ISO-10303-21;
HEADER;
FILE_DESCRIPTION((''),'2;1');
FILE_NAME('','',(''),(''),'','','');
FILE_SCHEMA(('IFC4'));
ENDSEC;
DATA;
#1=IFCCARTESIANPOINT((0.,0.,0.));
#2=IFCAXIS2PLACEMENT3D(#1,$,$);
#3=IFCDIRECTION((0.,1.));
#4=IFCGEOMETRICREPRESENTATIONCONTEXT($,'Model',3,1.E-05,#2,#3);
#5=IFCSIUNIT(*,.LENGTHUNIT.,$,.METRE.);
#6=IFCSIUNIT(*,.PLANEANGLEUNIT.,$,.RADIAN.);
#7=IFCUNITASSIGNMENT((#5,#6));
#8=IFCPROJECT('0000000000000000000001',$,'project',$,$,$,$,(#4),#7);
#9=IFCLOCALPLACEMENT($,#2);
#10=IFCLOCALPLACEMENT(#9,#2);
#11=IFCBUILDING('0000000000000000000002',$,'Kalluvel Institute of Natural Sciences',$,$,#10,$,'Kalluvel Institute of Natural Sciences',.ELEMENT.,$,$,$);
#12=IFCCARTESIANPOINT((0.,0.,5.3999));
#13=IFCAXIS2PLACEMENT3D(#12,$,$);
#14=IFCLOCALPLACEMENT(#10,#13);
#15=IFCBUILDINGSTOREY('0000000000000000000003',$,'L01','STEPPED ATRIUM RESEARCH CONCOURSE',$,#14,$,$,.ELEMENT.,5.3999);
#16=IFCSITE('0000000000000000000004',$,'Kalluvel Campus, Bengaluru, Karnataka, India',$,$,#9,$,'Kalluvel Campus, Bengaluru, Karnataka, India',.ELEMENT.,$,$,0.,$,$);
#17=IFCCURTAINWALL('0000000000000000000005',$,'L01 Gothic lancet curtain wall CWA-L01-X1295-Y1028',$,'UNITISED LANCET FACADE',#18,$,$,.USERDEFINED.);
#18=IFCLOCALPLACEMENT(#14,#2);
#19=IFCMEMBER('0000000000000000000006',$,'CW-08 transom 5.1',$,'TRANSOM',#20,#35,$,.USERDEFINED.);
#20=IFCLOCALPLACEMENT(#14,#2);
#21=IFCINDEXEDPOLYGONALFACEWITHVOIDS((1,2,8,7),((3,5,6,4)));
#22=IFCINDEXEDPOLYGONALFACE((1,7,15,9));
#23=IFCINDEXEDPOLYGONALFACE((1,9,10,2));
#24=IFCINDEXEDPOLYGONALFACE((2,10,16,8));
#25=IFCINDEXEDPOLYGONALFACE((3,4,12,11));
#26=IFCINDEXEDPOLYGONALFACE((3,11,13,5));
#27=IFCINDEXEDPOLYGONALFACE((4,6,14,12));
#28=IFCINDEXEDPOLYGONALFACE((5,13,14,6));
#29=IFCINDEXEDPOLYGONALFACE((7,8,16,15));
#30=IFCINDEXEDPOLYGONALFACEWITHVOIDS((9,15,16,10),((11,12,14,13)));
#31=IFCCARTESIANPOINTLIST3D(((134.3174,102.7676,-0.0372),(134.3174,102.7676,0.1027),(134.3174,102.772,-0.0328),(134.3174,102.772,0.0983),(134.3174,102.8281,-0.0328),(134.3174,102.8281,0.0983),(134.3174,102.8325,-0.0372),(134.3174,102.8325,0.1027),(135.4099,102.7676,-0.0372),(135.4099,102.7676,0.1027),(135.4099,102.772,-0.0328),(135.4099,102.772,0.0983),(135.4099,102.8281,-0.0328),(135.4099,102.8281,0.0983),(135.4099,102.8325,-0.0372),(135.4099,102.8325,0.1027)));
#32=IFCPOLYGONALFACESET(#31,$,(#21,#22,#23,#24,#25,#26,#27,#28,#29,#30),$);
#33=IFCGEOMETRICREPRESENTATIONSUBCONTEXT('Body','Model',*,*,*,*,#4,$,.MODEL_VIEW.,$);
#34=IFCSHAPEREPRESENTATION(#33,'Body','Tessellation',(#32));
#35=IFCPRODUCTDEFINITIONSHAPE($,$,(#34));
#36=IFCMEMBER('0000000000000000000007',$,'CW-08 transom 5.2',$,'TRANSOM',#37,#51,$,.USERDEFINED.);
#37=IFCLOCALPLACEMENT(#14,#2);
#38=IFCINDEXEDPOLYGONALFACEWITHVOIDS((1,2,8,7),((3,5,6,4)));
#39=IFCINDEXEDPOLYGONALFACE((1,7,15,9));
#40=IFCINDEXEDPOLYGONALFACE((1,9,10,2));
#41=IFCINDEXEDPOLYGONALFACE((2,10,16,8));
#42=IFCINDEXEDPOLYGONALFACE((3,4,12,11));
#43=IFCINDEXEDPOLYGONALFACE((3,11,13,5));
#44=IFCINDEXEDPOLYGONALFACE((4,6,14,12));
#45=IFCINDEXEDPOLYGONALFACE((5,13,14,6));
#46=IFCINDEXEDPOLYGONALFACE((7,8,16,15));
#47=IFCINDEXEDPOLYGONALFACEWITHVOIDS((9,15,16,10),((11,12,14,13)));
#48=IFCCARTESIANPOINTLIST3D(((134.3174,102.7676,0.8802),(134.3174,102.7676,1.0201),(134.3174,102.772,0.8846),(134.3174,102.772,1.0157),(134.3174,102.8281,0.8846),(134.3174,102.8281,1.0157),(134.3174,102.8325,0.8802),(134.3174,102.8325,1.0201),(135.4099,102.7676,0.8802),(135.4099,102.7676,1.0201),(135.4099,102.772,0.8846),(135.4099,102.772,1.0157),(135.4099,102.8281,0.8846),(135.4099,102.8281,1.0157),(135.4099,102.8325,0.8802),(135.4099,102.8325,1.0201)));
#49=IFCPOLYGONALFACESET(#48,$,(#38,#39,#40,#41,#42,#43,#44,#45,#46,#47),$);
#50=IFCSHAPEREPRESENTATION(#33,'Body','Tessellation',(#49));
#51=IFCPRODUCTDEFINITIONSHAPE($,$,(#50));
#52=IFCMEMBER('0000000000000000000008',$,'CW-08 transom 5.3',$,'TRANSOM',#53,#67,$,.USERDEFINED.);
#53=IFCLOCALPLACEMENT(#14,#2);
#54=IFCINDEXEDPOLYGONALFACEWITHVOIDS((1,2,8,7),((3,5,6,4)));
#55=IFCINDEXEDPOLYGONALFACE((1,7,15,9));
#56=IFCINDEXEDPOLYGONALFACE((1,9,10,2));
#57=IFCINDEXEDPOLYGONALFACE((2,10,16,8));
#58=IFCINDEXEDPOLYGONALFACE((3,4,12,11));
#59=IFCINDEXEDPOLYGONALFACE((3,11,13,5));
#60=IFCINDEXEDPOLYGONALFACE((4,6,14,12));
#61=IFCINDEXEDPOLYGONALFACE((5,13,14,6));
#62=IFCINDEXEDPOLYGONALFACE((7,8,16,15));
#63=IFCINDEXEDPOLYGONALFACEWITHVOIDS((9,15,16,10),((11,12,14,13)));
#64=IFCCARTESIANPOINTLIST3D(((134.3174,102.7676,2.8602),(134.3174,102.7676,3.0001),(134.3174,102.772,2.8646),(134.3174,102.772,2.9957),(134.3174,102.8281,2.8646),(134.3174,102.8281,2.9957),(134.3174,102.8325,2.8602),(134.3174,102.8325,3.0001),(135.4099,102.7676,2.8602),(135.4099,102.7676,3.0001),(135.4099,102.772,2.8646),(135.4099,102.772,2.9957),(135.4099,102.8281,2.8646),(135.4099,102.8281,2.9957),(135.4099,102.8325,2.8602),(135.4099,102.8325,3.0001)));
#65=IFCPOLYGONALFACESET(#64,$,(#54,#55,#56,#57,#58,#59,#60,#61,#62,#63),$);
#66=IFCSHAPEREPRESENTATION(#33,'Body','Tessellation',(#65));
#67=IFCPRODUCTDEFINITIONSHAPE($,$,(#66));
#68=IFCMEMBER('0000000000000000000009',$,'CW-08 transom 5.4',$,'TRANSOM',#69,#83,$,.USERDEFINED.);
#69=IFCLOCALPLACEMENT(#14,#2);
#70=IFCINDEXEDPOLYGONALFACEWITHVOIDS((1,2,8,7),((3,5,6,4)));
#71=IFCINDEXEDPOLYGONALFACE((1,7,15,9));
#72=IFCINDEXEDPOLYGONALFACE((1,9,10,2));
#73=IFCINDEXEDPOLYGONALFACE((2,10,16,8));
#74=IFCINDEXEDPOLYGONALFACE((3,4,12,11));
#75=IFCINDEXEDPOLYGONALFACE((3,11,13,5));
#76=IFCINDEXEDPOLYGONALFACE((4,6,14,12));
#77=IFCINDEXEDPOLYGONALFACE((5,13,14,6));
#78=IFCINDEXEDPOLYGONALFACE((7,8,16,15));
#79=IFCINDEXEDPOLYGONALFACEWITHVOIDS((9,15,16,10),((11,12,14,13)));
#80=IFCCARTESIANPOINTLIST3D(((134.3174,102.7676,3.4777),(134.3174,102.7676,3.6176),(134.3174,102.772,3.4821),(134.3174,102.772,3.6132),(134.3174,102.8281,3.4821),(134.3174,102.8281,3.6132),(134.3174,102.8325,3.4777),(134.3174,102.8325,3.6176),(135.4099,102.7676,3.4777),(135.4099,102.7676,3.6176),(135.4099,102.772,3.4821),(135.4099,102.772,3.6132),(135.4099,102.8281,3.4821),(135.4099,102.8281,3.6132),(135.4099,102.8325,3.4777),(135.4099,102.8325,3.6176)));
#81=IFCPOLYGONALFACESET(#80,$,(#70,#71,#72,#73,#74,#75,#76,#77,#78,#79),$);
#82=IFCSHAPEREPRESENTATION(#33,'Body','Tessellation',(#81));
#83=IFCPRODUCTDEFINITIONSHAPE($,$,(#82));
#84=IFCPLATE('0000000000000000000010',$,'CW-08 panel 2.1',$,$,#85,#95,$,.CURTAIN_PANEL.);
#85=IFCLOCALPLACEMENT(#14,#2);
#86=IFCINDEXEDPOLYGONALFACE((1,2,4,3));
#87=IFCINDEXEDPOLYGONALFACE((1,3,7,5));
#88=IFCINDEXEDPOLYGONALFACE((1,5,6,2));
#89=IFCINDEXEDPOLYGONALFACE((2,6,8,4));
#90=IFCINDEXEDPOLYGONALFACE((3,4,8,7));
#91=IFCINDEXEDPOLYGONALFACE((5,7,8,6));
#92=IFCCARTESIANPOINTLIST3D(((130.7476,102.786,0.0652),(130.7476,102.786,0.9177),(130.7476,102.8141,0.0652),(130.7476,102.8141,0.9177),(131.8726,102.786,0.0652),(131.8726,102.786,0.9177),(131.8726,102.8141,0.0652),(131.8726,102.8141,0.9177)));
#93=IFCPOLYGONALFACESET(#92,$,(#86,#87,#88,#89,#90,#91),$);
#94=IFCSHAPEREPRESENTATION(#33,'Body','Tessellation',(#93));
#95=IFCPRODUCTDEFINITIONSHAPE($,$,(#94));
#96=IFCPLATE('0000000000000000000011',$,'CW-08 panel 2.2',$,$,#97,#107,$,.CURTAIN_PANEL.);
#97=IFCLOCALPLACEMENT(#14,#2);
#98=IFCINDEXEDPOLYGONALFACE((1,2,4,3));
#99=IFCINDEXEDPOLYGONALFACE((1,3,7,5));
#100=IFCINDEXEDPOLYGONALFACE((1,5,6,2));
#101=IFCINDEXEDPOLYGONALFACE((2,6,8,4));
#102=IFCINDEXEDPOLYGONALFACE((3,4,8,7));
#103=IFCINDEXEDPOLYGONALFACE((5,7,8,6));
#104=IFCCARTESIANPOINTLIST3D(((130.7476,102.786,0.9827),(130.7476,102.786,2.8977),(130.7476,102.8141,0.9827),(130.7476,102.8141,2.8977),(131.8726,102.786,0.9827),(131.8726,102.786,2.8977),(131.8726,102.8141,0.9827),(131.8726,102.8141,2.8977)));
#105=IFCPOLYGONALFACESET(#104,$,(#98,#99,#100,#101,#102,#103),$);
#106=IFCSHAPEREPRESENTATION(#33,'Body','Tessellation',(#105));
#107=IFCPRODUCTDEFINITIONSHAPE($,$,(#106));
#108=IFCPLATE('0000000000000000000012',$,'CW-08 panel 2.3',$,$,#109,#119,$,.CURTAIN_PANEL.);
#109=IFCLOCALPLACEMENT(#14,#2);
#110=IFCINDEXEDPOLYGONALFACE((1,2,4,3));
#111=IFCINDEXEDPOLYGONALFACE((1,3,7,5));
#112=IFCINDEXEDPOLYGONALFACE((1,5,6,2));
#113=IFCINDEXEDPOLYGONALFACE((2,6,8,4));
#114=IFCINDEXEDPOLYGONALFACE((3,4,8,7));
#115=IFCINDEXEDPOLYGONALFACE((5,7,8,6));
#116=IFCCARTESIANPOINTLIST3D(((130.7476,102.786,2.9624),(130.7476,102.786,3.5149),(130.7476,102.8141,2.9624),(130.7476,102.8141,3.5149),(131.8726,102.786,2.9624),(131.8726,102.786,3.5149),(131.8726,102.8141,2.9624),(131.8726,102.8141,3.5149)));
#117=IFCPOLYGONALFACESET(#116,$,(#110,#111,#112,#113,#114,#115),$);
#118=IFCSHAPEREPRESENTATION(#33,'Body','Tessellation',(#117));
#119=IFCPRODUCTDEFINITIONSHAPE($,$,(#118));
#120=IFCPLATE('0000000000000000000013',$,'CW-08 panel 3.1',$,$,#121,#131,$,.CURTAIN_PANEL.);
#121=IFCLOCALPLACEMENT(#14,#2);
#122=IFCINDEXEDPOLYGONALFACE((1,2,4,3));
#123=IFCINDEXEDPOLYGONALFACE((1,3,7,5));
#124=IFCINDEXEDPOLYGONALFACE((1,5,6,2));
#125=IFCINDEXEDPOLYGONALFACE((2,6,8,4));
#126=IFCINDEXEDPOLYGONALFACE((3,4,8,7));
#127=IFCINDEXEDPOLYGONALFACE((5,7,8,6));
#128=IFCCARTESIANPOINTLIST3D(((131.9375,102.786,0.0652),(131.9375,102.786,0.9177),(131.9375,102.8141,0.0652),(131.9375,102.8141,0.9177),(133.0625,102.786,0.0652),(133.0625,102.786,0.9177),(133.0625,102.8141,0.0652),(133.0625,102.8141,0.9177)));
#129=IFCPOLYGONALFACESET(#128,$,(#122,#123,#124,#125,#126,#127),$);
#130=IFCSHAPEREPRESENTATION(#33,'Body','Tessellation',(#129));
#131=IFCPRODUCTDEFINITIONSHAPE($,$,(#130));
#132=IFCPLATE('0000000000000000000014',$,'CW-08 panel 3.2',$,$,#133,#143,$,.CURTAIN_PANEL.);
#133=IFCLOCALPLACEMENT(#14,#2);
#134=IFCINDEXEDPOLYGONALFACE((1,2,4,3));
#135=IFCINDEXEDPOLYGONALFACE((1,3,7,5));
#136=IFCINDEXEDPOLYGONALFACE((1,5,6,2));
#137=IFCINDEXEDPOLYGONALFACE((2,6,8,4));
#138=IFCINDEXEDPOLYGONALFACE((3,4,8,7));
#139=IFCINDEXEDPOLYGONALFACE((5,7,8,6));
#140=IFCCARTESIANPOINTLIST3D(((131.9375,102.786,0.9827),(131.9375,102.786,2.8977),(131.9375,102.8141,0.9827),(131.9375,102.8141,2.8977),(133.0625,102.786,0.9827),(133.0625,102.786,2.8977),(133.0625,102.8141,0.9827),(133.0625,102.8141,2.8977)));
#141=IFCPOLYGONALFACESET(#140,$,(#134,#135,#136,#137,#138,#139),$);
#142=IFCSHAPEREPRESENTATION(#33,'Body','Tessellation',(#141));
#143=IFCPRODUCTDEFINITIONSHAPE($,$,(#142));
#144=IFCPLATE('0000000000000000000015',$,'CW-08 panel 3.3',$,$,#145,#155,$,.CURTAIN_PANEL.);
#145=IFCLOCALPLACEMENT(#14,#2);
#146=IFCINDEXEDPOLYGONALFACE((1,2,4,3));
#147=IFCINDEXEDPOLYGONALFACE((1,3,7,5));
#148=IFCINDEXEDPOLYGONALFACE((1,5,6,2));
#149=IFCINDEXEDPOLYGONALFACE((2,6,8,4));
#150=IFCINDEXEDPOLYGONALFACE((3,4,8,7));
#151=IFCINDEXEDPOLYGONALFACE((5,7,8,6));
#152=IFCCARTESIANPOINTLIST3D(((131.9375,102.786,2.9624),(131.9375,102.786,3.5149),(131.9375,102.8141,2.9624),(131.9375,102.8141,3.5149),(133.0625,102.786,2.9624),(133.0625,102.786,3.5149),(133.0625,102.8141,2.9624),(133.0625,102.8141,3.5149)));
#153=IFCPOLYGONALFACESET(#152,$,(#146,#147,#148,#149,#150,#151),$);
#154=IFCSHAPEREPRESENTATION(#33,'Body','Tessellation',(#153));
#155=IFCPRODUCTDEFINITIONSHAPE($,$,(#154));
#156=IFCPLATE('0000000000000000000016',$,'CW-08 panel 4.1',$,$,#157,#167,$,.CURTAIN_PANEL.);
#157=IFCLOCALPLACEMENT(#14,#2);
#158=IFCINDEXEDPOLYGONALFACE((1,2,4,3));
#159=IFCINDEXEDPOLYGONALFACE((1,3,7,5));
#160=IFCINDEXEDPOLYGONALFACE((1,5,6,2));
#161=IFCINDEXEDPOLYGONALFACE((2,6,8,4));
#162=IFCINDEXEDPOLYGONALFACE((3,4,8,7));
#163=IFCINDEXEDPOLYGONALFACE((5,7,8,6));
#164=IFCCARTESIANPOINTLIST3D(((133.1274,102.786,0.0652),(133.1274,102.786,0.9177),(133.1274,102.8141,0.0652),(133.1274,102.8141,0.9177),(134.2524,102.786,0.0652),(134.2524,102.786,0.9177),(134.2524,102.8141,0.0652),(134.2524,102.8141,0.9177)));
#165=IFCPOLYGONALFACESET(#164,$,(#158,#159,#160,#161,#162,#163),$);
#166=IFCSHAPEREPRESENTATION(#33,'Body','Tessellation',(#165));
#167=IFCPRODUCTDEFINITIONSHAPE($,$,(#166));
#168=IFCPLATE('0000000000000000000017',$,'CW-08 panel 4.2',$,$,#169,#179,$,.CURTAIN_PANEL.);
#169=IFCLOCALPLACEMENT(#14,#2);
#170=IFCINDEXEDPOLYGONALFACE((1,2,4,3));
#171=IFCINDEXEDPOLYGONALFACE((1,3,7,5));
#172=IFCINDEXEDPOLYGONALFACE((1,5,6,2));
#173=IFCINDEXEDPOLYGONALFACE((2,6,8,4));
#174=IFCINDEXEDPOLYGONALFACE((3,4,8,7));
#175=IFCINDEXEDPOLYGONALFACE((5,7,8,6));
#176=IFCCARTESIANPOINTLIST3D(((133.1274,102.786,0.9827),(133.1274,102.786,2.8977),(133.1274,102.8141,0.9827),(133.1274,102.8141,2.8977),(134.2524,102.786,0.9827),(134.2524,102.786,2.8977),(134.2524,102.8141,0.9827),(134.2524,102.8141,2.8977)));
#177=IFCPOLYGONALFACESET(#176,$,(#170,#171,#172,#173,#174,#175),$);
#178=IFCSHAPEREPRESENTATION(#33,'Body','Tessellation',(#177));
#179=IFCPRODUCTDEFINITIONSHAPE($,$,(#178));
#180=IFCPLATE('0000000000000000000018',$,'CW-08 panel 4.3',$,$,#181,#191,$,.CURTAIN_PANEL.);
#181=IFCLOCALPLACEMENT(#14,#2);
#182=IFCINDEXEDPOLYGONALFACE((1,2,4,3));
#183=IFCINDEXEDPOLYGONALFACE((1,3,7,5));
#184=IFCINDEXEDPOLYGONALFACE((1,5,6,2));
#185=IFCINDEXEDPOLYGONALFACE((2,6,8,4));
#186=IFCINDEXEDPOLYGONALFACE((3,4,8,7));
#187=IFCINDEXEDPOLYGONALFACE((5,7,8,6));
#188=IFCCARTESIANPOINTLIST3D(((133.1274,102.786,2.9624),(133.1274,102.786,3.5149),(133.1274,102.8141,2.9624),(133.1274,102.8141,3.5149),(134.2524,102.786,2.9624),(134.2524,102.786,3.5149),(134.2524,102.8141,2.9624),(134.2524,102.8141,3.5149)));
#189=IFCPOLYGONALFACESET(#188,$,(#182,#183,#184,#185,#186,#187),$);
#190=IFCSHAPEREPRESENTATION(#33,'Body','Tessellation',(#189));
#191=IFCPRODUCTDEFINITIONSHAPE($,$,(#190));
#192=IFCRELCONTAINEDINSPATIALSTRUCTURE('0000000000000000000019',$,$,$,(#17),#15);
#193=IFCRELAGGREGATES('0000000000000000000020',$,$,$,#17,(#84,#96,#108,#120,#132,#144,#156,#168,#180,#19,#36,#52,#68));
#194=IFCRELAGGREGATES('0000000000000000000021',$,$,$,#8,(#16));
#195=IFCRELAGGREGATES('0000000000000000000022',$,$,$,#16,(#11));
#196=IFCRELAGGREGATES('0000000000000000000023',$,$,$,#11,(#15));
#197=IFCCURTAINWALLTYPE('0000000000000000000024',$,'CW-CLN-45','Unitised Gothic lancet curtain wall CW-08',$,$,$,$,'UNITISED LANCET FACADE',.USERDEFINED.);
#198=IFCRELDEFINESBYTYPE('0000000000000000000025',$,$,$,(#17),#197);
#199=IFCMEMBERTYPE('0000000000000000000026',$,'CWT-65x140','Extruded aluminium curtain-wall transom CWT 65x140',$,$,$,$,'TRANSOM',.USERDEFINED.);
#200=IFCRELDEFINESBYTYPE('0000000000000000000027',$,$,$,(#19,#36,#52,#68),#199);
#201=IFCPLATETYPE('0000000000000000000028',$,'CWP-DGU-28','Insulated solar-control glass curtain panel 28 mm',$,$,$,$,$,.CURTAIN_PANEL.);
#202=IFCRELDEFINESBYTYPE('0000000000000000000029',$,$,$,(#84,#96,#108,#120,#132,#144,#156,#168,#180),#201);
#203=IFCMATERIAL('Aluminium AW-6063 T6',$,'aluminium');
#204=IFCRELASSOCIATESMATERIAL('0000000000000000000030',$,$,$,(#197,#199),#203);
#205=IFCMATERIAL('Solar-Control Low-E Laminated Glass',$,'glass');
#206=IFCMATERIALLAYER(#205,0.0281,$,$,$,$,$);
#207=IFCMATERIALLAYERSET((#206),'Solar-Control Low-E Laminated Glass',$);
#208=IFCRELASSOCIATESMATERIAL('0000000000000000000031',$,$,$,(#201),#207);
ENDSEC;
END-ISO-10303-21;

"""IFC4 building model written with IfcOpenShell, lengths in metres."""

from ifc_helpers import new_model, si_unit, direction, frame, origin, origin_2d, place, context, subcontext, project, spatial, rectangle, hollow_rectangle, extrude, material, layer, layer_set, material_profile, profile_set, type_object, element, aggregate, save


model = new_model("IFC4")

# Units and contexts
model_context = context("Model", 3, precision=1e-05, world=origin(), true_north=direction((0.0, 1.0)))
body_context = subcontext(model_context, "Body", "Model", "MODEL_VIEW")
ifc_project = project(units=[si_unit("LENGTHUNIT", "METRE"), si_unit("PLANEANGLEUNIT", "RADIAN")], contexts=[model_context])

# Site, building, storey
site_placement = place(None, origin())
site = spatial("IfcSite", under=ifc_project, at=site_placement, Name="Kalluvel Campus, Bengaluru, Karnataka, India", LongName="Kalluvel Campus, Bengaluru, Karnataka, India", CompositionType="ELEMENT", RefElevation=0.0)
building_placement = place(site_placement, origin())
building = spatial("IfcBuilding", under=site, at=building_placement, Name="Kalluvel Institute of Natural Sciences", LongName="Kalluvel Institute of Natural Sciences", CompositionType="ELEMENT")
storey_placement = place(building_placement, frame((0.0, 0.0, 5.3999)))
storey = spatial("IfcBuildingStorey", under=building, at=storey_placement, Name="L01", Description="STEPPED ATRIUM RESEARCH CONCOURSE", CompositionType="ELEMENT", Elevation=5.3999)

# Curtain wall, members, plates
ifc_material_1 = material(Name="Aluminium AW-6063 T6", Category="aluminium")
curtain_wall_type = type_object("IfcCurtainWallType", Name="CW-CLN-45", Description="Unitised Gothic lancet curtain wall CW-08", ElementType="UNITISED LANCET FACADE", PredefinedType="USERDEFINED", material=ifc_material_1)
curtain_wall_placement = place(storey_placement, origin())
curtain_wall = element("IfcCurtainWall", 1, at=curtain_wall_placement, inside=storey, type_object=curtain_wall_type, Name="L01 Gothic lancet curtain wall CWA-L01-X1295-Y1028", ObjectType="UNITISED LANCET FACADE", PredefinedType="USERDEFINED")
ifc_material_profile_1 = material_profile(ifc_material_1, hollow_rectangle(XDim=0.0649, YDim=0.1399, WallThickness=0.0044, at=origin_2d()), Name="CWT 65x140")
ifc_profile_set_1 = profile_set([ifc_material_profile_1], Name="Aluminium AW-6063 T6")
member_type_1 = type_object("IfcMemberType", Name="CWT-65x140", Description="Extruded aluminium curtain-wall transom CWT 65x140", ElementType="TRANSOM", PredefinedType="USERDEFINED", material=ifc_profile_set_1)
member_1_placement = place(storey_placement, frame((134.3174, 102.8, 0.0327), z_axis=(1.0, 0.0, 0.0), x_axis=(0.0, 1.0, 0.0)))
member_1 = element("IfcMember", 2, at=member_1_placement, type_object=member_type_1, Name="CW-08 transom 5.1", ObjectType="TRANSOM", PredefinedType="USERDEFINED", context=body_context, shape_type="SweptSolid", body=[
    extrude(hollow_rectangle(XDim=0.0649, YDim=0.1399, WallThickness=0.0044, at=origin_2d()), origin(), (0.0, 0.0, 1.0), 1.0925),
])
member_2_placement = place(storey_placement, frame((134.3174, 102.8, 0.9502), z_axis=(1.0, 0.0, 0.0), x_axis=(0.0, 1.0, 0.0)))
member_2 = element("IfcMember", 3, at=member_2_placement, type_object=member_type_1, Name="CW-08 transom 5.2", ObjectType="TRANSOM", PredefinedType="USERDEFINED", context=body_context, shape_type="SweptSolid", body=[
    extrude(hollow_rectangle(XDim=0.0649, YDim=0.1399, WallThickness=0.0044, at=origin_2d()), origin(), (0.0, 0.0, 1.0), 1.0925),
])
member_3_placement = place(storey_placement, frame((134.3174, 102.8, 2.9302), z_axis=(1.0, 0.0, 0.0), x_axis=(0.0, 1.0, 0.0)))
member_3 = element("IfcMember", 4, at=member_3_placement, type_object=member_type_1, Name="CW-08 transom 5.3", ObjectType="TRANSOM", PredefinedType="USERDEFINED", context=body_context, shape_type="SweptSolid", body=[
    extrude(hollow_rectangle(XDim=0.0649, YDim=0.1399, WallThickness=0.0044, at=origin_2d()), origin(), (0.0, 0.0, 1.0), 1.0925),
])
member_4_placement = place(storey_placement, frame((134.3174, 102.8, 3.5476), z_axis=(1.0, 0.0, 0.0), x_axis=(0.0, 1.0, 0.0)))
member_4 = element("IfcMember", 5, at=member_4_placement, type_object=member_type_1, Name="CW-08 transom 5.4", ObjectType="TRANSOM", PredefinedType="USERDEFINED", context=body_context, shape_type="SweptSolid", body=[
    extrude(hollow_rectangle(XDim=0.0649, YDim=0.1399, WallThickness=0.0044, at=origin_2d()), origin(), (0.0, 0.0, 1.0), 1.0925),
])
ifc_material_2 = material(Name="Solar-Control Low-E Laminated Glass", Category="glass")
ifc_layer = layer(ifc_material_2, 0.0281)
ifc_layer_set = layer_set([ifc_layer], Name="Solar-Control Low-E Laminated Glass")
plate_type = type_object("IfcPlateType", Name="CWP-DGU-28", Description="Insulated solar-control glass curtain panel 28 mm", PredefinedType="CURTAIN_PANEL", material=ifc_layer_set)
plate_1_placement = place(storey_placement, frame((131.3101, 102.8, 0.0652), z_axis=(0.0, 0.0, 1.0), x_axis=(1.0, 0.0, 0.0)))
plate_1 = element("IfcPlate", 6, at=plate_1_placement, type_object=plate_type, Name="CW-08 panel 2.1", PredefinedType="CURTAIN_PANEL", context=body_context, shape_type="SweptSolid", body=[
    extrude(rectangle(XDim=1.125, YDim=0.0281, at=origin_2d()), origin(), (0.0, 0.0, 1.0), 0.8525),
])
plate_2_placement = place(storey_placement, frame((131.3101, 102.8, 0.9827), z_axis=(0.0, 0.0, 1.0), x_axis=(1.0, 0.0, 0.0)))
plate_2 = element("IfcPlate", 7, at=plate_2_placement, type_object=plate_type, Name="CW-08 panel 2.2", PredefinedType="CURTAIN_PANEL", context=body_context, shape_type="SweptSolid", body=[
    extrude(rectangle(XDim=1.125, YDim=0.0281, at=origin_2d()), origin(), (0.0, 0.0, 1.0), 1.915),
])
plate_3_placement = place(storey_placement, frame((131.3101, 102.8, 2.9624), z_axis=(0.0, 0.0, 1.0), x_axis=(1.0, 0.0, 0.0)))
plate_3 = element("IfcPlate", 8, at=plate_3_placement, type_object=plate_type, Name="CW-08 panel 2.3", PredefinedType="CURTAIN_PANEL", context=body_context, shape_type="SweptSolid", body=[
    extrude(rectangle(XDim=1.125, YDim=0.0281, at=origin_2d()), origin(), (0.0, 0.0, 1.0), 0.5525),
])
plate_4_placement = place(storey_placement, frame((132.5, 102.8, 0.0652), z_axis=(0.0, 0.0, 1.0), x_axis=(1.0, 0.0, 0.0)))
plate_4 = element("IfcPlate", 9, at=plate_4_placement, type_object=plate_type, Name="CW-08 panel 3.1", PredefinedType="CURTAIN_PANEL", context=body_context, shape_type="SweptSolid", body=[
    extrude(rectangle(XDim=1.125, YDim=0.0281, at=origin_2d()), origin(), (0.0, 0.0, 1.0), 0.8525),
])
plate_5_placement = place(storey_placement, frame((132.5, 102.8, 0.9827), z_axis=(0.0, 0.0, 1.0), x_axis=(1.0, 0.0, 0.0)))
plate_5 = element("IfcPlate", 10, at=plate_5_placement, type_object=plate_type, Name="CW-08 panel 3.2", PredefinedType="CURTAIN_PANEL", context=body_context, shape_type="SweptSolid", body=[
    extrude(rectangle(XDim=1.125, YDim=0.0281, at=origin_2d()), origin(), (0.0, 0.0, 1.0), 1.915),
])
plate_6_placement = place(storey_placement, frame((132.5, 102.8, 2.9624), z_axis=(0.0, 0.0, 1.0), x_axis=(1.0, 0.0, 0.0)))
plate_6 = element("IfcPlate", 11, at=plate_6_placement, type_object=plate_type, Name="CW-08 panel 3.3", PredefinedType="CURTAIN_PANEL", context=body_context, shape_type="SweptSolid", body=[
    extrude(rectangle(XDim=1.125, YDim=0.0281, at=origin_2d()), origin(), (0.0, 0.0, 1.0), 0.5525),
])
plate_7_placement = place(storey_placement, frame((133.6899, 102.8, 0.0652), z_axis=(0.0, 0.0, 1.0), x_axis=(1.0, 0.0, 0.0)))
plate_7 = element("IfcPlate", 12, at=plate_7_placement, type_object=plate_type, Name="CW-08 panel 4.1", PredefinedType="CURTAIN_PANEL", context=body_context, shape_type="SweptSolid", body=[
    extrude(rectangle(XDim=1.125, YDim=0.0281, at=origin_2d()), origin(), (0.0, 0.0, 1.0), 0.8525),
])
plate_8_placement = place(storey_placement, frame((133.6899, 102.8, 0.9827), z_axis=(0.0, 0.0, 1.0), x_axis=(1.0, 0.0, 0.0)))
plate_8 = element("IfcPlate", 13, at=plate_8_placement, type_object=plate_type, Name="CW-08 panel 4.2", PredefinedType="CURTAIN_PANEL", context=body_context, shape_type="SweptSolid", body=[
    extrude(rectangle(XDim=1.125, YDim=0.0281, at=origin_2d()), origin(), (0.0, 0.0, 1.0), 1.915),
])
plate_9_placement = place(storey_placement, frame((133.6899, 102.8, 2.9624), z_axis=(0.0, 0.0, 1.0), x_axis=(1.0, 0.0, 0.0)))
plate_9 = element("IfcPlate", 14, at=plate_9_placement, type_object=plate_type, Name="CW-08 panel 4.3", PredefinedType="CURTAIN_PANEL", context=body_context, shape_type="SweptSolid", body=[
    extrude(rectangle(XDim=1.125, YDim=0.0281, at=origin_2d()), origin(), (0.0, 0.0, 1.0), 0.5525),
])
aggregate(curtain_wall, [plate_1, plate_2, plate_3, plate_4, plate_5, plate_6, plate_7, plate_8, plate_9, member_1, member_2, member_3, member_4])

save(model, "model.ifc")
